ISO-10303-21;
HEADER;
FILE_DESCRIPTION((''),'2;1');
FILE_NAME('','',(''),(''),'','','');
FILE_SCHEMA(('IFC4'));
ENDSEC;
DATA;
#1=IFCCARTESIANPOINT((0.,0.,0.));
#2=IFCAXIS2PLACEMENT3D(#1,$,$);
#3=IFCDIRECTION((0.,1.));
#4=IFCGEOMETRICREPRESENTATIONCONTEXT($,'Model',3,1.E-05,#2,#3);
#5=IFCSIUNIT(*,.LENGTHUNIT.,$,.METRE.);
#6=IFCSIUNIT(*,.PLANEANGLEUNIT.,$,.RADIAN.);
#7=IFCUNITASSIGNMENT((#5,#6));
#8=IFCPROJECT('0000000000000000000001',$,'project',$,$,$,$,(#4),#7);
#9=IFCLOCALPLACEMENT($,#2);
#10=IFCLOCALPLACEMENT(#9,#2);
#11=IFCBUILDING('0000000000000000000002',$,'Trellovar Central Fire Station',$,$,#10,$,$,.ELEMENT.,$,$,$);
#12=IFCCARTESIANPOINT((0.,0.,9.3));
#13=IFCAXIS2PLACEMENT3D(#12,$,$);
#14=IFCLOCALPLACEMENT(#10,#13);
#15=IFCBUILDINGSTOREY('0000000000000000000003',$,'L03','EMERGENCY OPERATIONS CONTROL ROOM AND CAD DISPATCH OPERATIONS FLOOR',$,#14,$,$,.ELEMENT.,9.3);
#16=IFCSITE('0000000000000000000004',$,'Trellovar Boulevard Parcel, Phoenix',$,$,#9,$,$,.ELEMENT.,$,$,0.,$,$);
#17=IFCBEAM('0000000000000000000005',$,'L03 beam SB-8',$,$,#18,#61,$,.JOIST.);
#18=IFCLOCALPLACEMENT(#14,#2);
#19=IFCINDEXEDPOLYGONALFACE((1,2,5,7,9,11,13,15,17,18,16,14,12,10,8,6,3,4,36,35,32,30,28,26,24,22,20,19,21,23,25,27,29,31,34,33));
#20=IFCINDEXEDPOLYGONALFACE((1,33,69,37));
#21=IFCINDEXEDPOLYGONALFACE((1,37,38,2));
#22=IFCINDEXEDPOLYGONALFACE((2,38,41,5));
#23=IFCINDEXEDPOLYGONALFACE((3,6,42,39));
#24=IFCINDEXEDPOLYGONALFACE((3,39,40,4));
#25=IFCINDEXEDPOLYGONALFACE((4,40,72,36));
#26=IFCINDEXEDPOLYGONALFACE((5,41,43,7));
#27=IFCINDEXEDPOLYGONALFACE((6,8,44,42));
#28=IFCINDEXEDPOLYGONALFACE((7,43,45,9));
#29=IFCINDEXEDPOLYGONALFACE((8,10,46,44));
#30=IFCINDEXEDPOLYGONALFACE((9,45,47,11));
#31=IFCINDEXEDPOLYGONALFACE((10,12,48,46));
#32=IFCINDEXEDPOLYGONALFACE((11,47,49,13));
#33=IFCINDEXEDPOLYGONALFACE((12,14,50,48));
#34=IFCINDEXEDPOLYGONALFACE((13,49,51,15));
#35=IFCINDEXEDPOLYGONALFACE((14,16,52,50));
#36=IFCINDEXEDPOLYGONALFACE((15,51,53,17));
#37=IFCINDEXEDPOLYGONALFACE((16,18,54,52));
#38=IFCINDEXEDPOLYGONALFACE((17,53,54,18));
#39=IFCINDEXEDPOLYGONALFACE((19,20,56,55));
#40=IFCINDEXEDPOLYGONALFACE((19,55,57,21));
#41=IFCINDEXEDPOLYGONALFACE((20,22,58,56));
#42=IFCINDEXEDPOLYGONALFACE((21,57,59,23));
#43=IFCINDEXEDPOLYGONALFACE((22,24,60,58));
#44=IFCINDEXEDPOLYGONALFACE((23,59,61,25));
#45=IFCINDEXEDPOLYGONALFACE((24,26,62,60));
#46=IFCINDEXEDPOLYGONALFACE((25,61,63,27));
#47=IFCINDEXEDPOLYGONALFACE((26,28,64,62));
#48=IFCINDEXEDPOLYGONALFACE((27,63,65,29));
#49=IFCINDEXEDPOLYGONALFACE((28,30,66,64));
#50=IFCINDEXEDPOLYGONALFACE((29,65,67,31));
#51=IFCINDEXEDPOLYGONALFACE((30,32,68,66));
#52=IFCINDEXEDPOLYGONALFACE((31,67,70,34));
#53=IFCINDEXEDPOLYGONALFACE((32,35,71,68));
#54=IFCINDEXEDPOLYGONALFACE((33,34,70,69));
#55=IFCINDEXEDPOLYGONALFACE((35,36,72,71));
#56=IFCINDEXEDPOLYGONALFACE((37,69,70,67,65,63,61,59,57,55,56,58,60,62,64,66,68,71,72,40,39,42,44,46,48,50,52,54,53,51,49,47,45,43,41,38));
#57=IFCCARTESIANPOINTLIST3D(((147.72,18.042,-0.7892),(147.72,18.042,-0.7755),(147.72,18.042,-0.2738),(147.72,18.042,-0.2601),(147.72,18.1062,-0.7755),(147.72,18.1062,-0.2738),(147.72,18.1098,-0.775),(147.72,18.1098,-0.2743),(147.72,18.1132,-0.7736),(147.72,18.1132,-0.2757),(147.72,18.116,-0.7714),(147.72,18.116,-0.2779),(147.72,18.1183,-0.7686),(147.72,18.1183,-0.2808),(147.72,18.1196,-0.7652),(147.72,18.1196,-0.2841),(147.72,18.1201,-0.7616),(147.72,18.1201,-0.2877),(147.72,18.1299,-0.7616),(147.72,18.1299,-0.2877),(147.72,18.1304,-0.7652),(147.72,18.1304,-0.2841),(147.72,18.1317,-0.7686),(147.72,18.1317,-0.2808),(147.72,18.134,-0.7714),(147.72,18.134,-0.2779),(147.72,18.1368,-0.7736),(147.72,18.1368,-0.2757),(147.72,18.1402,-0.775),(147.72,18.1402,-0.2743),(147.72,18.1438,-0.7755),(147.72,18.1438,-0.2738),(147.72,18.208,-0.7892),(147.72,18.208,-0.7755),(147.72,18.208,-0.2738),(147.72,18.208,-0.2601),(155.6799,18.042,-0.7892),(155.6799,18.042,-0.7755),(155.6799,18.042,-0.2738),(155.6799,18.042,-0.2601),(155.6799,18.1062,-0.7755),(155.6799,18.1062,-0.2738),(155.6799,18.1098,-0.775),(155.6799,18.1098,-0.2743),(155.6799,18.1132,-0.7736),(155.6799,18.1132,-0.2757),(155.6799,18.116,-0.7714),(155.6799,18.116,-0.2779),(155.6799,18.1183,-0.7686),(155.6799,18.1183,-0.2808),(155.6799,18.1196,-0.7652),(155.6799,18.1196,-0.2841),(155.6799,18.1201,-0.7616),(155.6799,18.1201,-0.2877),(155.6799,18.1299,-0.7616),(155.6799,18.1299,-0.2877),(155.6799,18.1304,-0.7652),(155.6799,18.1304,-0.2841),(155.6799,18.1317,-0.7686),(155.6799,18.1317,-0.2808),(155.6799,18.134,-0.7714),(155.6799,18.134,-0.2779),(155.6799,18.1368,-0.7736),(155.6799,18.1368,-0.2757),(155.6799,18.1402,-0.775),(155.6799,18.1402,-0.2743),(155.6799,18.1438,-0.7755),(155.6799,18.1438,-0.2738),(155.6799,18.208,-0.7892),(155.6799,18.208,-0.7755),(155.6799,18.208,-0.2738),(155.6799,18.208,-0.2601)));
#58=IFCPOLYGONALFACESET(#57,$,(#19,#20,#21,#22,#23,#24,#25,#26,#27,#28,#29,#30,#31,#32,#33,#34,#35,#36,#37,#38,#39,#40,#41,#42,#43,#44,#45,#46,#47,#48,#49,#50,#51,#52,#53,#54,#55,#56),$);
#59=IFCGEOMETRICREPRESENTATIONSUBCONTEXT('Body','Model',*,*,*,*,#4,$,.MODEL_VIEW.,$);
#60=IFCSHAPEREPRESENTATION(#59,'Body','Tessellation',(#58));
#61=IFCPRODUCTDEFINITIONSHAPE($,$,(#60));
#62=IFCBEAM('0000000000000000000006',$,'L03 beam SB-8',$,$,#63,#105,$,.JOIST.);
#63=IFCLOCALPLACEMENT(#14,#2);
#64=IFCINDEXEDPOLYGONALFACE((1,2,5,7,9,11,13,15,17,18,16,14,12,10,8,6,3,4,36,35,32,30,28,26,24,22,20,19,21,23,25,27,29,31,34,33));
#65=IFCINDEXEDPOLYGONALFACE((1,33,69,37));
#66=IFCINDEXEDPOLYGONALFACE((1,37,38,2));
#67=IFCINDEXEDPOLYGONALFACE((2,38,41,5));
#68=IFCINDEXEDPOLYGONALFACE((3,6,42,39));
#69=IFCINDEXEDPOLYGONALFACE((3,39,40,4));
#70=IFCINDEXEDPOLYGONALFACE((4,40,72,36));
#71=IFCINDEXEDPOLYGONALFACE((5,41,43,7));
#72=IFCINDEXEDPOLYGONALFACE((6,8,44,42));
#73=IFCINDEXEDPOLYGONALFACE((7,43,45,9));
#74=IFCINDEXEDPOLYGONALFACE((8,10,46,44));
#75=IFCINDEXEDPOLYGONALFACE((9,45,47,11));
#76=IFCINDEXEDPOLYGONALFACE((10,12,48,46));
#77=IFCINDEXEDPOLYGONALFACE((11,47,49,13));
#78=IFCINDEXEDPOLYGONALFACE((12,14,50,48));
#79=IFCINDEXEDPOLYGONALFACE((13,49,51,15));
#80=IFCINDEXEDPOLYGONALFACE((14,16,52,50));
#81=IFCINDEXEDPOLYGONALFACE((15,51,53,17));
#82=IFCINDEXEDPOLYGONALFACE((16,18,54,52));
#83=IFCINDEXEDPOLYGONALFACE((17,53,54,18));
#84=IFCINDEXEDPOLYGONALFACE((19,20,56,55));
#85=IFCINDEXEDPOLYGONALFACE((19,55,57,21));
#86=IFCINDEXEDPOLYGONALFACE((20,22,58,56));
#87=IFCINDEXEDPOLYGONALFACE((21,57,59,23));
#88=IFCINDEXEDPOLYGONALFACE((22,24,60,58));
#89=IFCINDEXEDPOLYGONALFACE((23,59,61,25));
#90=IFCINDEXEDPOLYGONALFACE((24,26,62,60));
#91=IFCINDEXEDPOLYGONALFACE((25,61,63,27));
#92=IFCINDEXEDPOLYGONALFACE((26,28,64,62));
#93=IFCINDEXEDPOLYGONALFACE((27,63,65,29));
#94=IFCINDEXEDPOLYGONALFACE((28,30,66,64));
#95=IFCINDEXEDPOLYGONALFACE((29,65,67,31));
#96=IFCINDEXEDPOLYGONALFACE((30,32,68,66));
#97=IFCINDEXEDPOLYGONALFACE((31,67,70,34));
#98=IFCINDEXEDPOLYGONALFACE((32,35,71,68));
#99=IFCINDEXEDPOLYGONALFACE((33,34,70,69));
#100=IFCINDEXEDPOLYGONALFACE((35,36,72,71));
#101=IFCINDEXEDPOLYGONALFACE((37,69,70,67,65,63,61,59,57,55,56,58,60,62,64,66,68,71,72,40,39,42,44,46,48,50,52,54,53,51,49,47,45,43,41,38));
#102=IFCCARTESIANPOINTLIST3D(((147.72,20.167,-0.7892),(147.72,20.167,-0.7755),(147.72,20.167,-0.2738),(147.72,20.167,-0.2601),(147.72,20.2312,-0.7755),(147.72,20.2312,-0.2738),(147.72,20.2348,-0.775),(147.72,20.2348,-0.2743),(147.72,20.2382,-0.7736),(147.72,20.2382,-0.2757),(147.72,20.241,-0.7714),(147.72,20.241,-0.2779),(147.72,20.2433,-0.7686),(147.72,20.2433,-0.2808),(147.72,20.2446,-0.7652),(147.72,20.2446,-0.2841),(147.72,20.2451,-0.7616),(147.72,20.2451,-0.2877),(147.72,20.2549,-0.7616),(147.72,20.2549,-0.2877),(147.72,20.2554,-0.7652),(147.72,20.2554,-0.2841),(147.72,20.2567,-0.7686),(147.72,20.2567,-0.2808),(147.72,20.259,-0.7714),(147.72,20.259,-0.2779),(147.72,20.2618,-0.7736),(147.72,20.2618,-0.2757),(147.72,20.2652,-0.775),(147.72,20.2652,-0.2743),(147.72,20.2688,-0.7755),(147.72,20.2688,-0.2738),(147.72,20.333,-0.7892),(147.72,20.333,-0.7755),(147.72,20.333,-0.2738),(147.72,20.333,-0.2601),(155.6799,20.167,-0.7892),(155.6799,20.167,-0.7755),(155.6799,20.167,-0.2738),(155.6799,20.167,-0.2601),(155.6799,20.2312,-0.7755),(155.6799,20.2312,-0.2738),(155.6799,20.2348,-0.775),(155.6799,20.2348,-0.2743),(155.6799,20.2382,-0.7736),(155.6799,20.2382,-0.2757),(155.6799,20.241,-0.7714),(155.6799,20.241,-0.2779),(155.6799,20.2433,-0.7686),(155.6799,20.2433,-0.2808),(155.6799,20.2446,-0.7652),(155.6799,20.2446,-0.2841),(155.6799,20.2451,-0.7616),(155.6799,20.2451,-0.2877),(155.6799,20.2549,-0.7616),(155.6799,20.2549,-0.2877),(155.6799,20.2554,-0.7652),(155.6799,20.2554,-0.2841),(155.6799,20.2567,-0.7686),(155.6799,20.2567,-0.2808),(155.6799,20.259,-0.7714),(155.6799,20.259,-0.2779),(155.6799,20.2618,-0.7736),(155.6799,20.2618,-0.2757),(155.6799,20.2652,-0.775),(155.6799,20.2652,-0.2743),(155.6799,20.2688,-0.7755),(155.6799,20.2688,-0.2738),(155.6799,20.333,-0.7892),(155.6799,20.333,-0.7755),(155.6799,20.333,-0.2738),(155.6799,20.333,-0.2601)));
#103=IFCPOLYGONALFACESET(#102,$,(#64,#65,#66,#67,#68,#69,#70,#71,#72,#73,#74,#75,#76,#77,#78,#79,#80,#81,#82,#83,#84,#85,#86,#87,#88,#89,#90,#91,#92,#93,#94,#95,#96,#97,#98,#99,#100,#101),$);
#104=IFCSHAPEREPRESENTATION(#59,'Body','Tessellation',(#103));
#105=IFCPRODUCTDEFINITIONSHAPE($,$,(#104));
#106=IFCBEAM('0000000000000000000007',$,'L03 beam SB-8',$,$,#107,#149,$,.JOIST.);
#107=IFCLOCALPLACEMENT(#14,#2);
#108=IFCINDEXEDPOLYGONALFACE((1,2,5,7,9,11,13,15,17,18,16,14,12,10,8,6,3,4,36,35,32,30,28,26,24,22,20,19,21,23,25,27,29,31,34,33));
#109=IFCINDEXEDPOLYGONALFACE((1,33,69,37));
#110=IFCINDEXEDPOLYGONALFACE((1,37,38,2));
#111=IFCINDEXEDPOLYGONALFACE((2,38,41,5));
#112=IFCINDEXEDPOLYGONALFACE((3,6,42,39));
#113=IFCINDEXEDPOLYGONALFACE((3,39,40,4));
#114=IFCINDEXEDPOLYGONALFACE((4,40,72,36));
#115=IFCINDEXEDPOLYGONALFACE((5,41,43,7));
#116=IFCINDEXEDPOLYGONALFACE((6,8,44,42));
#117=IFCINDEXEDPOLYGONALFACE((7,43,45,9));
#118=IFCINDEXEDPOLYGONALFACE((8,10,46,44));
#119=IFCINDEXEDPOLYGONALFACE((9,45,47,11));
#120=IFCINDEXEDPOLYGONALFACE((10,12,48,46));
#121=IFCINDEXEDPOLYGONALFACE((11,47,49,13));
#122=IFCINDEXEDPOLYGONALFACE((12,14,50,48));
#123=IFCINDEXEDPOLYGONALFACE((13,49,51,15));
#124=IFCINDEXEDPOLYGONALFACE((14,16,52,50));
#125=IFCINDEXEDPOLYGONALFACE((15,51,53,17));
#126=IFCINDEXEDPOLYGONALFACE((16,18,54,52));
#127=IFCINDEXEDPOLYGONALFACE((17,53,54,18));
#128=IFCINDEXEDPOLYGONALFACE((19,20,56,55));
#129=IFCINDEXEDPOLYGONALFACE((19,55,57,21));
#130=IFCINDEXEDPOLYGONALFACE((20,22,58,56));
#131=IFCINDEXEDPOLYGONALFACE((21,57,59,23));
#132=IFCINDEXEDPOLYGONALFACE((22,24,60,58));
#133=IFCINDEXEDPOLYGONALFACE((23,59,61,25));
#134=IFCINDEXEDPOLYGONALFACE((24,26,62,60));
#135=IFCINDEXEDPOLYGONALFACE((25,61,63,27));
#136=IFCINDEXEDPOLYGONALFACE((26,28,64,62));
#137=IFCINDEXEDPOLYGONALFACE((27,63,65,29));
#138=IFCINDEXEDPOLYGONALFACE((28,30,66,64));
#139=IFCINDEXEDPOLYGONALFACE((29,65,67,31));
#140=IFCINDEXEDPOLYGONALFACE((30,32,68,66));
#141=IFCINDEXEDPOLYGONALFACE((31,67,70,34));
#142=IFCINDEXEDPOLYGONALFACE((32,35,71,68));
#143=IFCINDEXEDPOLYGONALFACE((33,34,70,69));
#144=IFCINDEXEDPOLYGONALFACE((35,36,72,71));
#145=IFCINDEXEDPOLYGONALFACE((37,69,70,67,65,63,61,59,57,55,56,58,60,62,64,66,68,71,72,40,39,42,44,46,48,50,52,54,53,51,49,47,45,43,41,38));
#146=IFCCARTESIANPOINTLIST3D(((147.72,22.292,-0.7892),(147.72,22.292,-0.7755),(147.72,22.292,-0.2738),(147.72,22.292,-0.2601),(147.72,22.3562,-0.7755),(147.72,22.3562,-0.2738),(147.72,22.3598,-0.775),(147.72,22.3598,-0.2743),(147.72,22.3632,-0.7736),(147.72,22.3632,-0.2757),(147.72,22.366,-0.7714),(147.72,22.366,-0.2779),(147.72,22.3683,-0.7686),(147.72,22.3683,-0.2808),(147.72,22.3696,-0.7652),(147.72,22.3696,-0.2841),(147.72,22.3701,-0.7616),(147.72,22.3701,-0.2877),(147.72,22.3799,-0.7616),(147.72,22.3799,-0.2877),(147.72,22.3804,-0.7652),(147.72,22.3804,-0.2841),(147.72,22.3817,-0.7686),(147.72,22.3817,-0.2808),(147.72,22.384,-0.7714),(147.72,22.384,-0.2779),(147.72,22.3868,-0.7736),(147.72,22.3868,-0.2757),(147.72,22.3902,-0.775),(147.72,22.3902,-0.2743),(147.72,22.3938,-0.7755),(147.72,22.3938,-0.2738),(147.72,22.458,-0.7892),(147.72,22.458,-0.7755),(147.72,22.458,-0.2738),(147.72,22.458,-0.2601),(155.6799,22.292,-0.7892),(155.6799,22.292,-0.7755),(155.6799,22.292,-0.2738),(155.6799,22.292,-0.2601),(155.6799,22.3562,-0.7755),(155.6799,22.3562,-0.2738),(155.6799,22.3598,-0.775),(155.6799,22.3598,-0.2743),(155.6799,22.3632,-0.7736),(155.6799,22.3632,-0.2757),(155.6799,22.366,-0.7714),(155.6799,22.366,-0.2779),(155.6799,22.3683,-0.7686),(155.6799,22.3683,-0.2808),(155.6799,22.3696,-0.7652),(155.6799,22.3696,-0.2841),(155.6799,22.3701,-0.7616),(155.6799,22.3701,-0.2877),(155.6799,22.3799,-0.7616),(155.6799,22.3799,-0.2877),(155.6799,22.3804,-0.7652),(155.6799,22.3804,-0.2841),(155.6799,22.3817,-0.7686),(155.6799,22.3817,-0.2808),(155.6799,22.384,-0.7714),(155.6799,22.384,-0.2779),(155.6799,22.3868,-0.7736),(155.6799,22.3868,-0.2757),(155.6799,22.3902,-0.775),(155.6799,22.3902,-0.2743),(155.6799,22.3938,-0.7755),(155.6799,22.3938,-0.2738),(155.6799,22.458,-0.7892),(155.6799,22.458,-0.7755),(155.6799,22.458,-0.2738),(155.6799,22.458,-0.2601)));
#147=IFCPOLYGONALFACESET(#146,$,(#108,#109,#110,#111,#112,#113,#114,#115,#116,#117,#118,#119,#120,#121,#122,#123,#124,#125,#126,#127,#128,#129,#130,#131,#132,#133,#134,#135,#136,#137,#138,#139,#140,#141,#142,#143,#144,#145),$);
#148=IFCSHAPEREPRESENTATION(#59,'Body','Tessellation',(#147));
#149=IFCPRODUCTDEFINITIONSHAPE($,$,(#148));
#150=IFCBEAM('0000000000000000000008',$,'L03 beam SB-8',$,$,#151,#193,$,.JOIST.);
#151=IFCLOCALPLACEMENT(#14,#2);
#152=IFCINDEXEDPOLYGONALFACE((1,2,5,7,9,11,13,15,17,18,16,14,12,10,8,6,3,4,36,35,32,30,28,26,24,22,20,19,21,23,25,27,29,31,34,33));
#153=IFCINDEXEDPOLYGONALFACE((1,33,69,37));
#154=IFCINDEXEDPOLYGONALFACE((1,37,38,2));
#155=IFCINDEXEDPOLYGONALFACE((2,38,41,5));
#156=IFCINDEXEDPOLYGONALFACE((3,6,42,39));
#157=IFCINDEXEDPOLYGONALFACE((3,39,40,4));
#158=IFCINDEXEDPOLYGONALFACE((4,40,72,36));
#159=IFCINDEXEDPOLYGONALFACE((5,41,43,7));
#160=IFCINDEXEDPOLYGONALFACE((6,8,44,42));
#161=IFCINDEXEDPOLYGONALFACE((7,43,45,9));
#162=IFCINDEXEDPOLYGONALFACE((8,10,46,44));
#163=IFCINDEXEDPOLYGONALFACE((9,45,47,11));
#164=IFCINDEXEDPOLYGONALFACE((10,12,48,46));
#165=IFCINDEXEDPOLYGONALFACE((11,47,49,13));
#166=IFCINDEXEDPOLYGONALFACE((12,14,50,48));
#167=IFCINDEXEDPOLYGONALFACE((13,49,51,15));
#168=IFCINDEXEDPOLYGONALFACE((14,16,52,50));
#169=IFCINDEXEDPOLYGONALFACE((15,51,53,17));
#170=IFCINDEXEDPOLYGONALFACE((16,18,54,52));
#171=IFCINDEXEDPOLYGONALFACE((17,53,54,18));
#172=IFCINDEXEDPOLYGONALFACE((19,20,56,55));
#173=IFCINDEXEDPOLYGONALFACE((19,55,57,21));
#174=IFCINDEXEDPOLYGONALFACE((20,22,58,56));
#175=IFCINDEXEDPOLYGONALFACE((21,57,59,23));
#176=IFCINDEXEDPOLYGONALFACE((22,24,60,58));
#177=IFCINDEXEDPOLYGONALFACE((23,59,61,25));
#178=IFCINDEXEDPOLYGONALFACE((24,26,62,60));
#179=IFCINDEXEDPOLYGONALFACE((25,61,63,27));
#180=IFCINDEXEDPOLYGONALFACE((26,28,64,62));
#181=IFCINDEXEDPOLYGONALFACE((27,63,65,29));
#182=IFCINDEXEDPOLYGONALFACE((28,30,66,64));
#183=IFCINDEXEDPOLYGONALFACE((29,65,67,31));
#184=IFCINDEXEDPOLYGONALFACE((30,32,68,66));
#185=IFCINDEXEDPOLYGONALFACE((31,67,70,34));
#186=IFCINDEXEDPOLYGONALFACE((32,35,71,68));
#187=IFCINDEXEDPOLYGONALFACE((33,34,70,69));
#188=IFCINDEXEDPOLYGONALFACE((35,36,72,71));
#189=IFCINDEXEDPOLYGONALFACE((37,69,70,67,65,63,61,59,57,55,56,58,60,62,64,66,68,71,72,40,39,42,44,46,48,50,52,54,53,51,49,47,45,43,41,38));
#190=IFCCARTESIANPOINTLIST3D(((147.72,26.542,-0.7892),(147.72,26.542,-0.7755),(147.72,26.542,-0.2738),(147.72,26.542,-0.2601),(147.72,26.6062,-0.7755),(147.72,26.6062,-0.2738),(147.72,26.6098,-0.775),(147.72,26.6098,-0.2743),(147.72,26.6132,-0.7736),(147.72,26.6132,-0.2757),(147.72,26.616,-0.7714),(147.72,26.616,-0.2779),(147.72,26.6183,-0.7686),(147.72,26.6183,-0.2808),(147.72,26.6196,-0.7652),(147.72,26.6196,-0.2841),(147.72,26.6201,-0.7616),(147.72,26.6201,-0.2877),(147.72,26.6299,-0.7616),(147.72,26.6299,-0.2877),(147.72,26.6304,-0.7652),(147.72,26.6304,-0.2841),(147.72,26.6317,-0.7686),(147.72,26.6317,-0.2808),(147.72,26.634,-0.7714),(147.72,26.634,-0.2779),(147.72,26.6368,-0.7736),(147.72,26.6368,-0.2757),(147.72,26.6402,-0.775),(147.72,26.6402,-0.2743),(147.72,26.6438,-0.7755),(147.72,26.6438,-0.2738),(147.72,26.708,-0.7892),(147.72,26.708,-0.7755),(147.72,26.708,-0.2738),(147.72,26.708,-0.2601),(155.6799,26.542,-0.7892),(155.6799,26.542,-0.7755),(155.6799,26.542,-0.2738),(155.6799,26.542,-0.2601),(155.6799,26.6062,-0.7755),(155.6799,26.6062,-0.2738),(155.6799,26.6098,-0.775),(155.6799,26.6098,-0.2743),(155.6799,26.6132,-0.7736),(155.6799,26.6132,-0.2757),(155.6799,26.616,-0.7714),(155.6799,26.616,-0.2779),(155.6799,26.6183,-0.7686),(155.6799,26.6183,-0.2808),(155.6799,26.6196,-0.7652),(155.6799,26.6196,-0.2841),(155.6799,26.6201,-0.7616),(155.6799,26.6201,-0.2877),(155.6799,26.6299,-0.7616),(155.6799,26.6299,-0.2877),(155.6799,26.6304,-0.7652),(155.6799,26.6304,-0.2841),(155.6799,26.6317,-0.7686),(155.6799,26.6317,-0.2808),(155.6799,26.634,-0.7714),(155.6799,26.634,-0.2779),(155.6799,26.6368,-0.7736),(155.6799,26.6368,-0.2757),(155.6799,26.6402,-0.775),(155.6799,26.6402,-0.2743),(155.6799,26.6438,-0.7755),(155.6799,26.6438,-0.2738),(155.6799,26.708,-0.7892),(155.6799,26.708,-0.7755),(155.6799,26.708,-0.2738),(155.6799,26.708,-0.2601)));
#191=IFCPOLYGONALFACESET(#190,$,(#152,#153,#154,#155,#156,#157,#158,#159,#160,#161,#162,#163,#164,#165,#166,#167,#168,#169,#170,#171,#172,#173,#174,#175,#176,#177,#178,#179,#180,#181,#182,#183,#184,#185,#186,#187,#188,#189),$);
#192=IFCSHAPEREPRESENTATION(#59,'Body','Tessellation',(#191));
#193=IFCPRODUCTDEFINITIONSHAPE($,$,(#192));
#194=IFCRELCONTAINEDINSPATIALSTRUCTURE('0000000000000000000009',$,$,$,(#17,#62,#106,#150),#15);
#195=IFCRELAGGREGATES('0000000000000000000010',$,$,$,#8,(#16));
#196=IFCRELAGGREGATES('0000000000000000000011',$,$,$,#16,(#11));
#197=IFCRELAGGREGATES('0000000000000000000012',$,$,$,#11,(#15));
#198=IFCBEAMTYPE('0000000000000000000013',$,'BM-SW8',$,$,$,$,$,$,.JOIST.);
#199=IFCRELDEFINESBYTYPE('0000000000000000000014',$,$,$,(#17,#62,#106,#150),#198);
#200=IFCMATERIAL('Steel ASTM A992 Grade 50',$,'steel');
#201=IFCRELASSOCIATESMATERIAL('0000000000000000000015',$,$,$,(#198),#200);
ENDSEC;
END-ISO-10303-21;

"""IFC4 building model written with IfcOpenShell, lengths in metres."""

from ifc_helpers import new_model, si_unit, direction, frame, origin, origin_2d, place, context, subcontext, project, spatial, i_section, extrude, material, material_profile, profile_set, type_object, element, save


model = new_model("IFC4")

# Units and contexts
model_context = context("Model", 3, precision=1e-05, world=origin(), true_north=direction((0.0, 1.0)))
body_context = subcontext(model_context, "Body", "Model", "MODEL_VIEW")
ifc_project = project(units=[si_unit("LENGTHUNIT", "METRE"), si_unit("PLANEANGLEUNIT", "RADIAN")], contexts=[model_context])

# Site, building, storey
site_placement = place(None, origin())
site = spatial("IfcSite", under=ifc_project, at=site_placement, Name="Trellovar Boulevard Parcel, Phoenix", CompositionType="ELEMENT", RefElevation=0.0)
building_placement = place(site_placement, origin())
building = spatial("IfcBuilding", under=site, at=building_placement, Name="Trellovar Central Fire Station", CompositionType="ELEMENT")
storey_placement = place(building_placement, frame((0.0, 0.0, 9.3)))
storey = spatial("IfcBuildingStorey", under=building, at=storey_placement, Name="L03", Description="EMERGENCY OPERATIONS CONTROL ROOM AND CAD DISPATCH OPERATIONS FLOOR", CompositionType="ELEMENT", Elevation=9.3)

# Beams
ifc_material_1 = material(Name="Steel ASTM A992 Grade 50", Category="steel")
ifc_material_profile_1 = material_profile(ifc_material_1, i_section(OverallWidth=0.166, OverallDepth=0.5291, WebThickness=0.0098, FlangeThickness=0.0137, FilletRadius=0.0139, at=origin_2d()), Name="W21X50")
ifc_profile_set_1 = profile_set([ifc_material_profile_1], Name="Steel ASTM A992 Grade 50")
beam_type_1 = type_object("IfcBeamType", Name="BM-SW8", PredefinedType="JOIST", material=ifc_profile_set_1)
for number, where, z_axis, x_axis, name in (
    (1, (147.72, 18.125, -0.5247), (1.0, 0.0, 0.0), (0.0, 1.0, 0.0), "L03 beam SB-8"),
    (2, (147.72, 20.25, -0.5247), (1.0, 0.0, 0.0), (0.0, 1.0, 0.0), "L03 beam SB-8"),
    (3, (147.72, 22.375, -0.5247), (1.0, 0.0, 0.0), (0.0, 1.0, 0.0), "L03 beam SB-8"),
    (4, (147.72, 26.625, -0.5247), (1.0, 0.0, 0.0), (0.0, 1.0, 0.0), "L03 beam SB-8"),
):
    element("IfcBeam", number, at=place(storey_placement, frame(where, z_axis=z_axis, x_axis=x_axis)), inside=storey, type_object=beam_type_1, Name=name, PredefinedType="JOIST", context=body_context, shape_type="SweptSolid", body=[
        extrude(i_section(OverallWidth=0.166, OverallDepth=0.5291, WebThickness=0.0098, FlangeThickness=0.0137, FilletRadius=0.0139, at=origin_2d()), origin(), (0.0, 0.0, 1.0), 7.96),
    ])

save(model, "model.ifc")
